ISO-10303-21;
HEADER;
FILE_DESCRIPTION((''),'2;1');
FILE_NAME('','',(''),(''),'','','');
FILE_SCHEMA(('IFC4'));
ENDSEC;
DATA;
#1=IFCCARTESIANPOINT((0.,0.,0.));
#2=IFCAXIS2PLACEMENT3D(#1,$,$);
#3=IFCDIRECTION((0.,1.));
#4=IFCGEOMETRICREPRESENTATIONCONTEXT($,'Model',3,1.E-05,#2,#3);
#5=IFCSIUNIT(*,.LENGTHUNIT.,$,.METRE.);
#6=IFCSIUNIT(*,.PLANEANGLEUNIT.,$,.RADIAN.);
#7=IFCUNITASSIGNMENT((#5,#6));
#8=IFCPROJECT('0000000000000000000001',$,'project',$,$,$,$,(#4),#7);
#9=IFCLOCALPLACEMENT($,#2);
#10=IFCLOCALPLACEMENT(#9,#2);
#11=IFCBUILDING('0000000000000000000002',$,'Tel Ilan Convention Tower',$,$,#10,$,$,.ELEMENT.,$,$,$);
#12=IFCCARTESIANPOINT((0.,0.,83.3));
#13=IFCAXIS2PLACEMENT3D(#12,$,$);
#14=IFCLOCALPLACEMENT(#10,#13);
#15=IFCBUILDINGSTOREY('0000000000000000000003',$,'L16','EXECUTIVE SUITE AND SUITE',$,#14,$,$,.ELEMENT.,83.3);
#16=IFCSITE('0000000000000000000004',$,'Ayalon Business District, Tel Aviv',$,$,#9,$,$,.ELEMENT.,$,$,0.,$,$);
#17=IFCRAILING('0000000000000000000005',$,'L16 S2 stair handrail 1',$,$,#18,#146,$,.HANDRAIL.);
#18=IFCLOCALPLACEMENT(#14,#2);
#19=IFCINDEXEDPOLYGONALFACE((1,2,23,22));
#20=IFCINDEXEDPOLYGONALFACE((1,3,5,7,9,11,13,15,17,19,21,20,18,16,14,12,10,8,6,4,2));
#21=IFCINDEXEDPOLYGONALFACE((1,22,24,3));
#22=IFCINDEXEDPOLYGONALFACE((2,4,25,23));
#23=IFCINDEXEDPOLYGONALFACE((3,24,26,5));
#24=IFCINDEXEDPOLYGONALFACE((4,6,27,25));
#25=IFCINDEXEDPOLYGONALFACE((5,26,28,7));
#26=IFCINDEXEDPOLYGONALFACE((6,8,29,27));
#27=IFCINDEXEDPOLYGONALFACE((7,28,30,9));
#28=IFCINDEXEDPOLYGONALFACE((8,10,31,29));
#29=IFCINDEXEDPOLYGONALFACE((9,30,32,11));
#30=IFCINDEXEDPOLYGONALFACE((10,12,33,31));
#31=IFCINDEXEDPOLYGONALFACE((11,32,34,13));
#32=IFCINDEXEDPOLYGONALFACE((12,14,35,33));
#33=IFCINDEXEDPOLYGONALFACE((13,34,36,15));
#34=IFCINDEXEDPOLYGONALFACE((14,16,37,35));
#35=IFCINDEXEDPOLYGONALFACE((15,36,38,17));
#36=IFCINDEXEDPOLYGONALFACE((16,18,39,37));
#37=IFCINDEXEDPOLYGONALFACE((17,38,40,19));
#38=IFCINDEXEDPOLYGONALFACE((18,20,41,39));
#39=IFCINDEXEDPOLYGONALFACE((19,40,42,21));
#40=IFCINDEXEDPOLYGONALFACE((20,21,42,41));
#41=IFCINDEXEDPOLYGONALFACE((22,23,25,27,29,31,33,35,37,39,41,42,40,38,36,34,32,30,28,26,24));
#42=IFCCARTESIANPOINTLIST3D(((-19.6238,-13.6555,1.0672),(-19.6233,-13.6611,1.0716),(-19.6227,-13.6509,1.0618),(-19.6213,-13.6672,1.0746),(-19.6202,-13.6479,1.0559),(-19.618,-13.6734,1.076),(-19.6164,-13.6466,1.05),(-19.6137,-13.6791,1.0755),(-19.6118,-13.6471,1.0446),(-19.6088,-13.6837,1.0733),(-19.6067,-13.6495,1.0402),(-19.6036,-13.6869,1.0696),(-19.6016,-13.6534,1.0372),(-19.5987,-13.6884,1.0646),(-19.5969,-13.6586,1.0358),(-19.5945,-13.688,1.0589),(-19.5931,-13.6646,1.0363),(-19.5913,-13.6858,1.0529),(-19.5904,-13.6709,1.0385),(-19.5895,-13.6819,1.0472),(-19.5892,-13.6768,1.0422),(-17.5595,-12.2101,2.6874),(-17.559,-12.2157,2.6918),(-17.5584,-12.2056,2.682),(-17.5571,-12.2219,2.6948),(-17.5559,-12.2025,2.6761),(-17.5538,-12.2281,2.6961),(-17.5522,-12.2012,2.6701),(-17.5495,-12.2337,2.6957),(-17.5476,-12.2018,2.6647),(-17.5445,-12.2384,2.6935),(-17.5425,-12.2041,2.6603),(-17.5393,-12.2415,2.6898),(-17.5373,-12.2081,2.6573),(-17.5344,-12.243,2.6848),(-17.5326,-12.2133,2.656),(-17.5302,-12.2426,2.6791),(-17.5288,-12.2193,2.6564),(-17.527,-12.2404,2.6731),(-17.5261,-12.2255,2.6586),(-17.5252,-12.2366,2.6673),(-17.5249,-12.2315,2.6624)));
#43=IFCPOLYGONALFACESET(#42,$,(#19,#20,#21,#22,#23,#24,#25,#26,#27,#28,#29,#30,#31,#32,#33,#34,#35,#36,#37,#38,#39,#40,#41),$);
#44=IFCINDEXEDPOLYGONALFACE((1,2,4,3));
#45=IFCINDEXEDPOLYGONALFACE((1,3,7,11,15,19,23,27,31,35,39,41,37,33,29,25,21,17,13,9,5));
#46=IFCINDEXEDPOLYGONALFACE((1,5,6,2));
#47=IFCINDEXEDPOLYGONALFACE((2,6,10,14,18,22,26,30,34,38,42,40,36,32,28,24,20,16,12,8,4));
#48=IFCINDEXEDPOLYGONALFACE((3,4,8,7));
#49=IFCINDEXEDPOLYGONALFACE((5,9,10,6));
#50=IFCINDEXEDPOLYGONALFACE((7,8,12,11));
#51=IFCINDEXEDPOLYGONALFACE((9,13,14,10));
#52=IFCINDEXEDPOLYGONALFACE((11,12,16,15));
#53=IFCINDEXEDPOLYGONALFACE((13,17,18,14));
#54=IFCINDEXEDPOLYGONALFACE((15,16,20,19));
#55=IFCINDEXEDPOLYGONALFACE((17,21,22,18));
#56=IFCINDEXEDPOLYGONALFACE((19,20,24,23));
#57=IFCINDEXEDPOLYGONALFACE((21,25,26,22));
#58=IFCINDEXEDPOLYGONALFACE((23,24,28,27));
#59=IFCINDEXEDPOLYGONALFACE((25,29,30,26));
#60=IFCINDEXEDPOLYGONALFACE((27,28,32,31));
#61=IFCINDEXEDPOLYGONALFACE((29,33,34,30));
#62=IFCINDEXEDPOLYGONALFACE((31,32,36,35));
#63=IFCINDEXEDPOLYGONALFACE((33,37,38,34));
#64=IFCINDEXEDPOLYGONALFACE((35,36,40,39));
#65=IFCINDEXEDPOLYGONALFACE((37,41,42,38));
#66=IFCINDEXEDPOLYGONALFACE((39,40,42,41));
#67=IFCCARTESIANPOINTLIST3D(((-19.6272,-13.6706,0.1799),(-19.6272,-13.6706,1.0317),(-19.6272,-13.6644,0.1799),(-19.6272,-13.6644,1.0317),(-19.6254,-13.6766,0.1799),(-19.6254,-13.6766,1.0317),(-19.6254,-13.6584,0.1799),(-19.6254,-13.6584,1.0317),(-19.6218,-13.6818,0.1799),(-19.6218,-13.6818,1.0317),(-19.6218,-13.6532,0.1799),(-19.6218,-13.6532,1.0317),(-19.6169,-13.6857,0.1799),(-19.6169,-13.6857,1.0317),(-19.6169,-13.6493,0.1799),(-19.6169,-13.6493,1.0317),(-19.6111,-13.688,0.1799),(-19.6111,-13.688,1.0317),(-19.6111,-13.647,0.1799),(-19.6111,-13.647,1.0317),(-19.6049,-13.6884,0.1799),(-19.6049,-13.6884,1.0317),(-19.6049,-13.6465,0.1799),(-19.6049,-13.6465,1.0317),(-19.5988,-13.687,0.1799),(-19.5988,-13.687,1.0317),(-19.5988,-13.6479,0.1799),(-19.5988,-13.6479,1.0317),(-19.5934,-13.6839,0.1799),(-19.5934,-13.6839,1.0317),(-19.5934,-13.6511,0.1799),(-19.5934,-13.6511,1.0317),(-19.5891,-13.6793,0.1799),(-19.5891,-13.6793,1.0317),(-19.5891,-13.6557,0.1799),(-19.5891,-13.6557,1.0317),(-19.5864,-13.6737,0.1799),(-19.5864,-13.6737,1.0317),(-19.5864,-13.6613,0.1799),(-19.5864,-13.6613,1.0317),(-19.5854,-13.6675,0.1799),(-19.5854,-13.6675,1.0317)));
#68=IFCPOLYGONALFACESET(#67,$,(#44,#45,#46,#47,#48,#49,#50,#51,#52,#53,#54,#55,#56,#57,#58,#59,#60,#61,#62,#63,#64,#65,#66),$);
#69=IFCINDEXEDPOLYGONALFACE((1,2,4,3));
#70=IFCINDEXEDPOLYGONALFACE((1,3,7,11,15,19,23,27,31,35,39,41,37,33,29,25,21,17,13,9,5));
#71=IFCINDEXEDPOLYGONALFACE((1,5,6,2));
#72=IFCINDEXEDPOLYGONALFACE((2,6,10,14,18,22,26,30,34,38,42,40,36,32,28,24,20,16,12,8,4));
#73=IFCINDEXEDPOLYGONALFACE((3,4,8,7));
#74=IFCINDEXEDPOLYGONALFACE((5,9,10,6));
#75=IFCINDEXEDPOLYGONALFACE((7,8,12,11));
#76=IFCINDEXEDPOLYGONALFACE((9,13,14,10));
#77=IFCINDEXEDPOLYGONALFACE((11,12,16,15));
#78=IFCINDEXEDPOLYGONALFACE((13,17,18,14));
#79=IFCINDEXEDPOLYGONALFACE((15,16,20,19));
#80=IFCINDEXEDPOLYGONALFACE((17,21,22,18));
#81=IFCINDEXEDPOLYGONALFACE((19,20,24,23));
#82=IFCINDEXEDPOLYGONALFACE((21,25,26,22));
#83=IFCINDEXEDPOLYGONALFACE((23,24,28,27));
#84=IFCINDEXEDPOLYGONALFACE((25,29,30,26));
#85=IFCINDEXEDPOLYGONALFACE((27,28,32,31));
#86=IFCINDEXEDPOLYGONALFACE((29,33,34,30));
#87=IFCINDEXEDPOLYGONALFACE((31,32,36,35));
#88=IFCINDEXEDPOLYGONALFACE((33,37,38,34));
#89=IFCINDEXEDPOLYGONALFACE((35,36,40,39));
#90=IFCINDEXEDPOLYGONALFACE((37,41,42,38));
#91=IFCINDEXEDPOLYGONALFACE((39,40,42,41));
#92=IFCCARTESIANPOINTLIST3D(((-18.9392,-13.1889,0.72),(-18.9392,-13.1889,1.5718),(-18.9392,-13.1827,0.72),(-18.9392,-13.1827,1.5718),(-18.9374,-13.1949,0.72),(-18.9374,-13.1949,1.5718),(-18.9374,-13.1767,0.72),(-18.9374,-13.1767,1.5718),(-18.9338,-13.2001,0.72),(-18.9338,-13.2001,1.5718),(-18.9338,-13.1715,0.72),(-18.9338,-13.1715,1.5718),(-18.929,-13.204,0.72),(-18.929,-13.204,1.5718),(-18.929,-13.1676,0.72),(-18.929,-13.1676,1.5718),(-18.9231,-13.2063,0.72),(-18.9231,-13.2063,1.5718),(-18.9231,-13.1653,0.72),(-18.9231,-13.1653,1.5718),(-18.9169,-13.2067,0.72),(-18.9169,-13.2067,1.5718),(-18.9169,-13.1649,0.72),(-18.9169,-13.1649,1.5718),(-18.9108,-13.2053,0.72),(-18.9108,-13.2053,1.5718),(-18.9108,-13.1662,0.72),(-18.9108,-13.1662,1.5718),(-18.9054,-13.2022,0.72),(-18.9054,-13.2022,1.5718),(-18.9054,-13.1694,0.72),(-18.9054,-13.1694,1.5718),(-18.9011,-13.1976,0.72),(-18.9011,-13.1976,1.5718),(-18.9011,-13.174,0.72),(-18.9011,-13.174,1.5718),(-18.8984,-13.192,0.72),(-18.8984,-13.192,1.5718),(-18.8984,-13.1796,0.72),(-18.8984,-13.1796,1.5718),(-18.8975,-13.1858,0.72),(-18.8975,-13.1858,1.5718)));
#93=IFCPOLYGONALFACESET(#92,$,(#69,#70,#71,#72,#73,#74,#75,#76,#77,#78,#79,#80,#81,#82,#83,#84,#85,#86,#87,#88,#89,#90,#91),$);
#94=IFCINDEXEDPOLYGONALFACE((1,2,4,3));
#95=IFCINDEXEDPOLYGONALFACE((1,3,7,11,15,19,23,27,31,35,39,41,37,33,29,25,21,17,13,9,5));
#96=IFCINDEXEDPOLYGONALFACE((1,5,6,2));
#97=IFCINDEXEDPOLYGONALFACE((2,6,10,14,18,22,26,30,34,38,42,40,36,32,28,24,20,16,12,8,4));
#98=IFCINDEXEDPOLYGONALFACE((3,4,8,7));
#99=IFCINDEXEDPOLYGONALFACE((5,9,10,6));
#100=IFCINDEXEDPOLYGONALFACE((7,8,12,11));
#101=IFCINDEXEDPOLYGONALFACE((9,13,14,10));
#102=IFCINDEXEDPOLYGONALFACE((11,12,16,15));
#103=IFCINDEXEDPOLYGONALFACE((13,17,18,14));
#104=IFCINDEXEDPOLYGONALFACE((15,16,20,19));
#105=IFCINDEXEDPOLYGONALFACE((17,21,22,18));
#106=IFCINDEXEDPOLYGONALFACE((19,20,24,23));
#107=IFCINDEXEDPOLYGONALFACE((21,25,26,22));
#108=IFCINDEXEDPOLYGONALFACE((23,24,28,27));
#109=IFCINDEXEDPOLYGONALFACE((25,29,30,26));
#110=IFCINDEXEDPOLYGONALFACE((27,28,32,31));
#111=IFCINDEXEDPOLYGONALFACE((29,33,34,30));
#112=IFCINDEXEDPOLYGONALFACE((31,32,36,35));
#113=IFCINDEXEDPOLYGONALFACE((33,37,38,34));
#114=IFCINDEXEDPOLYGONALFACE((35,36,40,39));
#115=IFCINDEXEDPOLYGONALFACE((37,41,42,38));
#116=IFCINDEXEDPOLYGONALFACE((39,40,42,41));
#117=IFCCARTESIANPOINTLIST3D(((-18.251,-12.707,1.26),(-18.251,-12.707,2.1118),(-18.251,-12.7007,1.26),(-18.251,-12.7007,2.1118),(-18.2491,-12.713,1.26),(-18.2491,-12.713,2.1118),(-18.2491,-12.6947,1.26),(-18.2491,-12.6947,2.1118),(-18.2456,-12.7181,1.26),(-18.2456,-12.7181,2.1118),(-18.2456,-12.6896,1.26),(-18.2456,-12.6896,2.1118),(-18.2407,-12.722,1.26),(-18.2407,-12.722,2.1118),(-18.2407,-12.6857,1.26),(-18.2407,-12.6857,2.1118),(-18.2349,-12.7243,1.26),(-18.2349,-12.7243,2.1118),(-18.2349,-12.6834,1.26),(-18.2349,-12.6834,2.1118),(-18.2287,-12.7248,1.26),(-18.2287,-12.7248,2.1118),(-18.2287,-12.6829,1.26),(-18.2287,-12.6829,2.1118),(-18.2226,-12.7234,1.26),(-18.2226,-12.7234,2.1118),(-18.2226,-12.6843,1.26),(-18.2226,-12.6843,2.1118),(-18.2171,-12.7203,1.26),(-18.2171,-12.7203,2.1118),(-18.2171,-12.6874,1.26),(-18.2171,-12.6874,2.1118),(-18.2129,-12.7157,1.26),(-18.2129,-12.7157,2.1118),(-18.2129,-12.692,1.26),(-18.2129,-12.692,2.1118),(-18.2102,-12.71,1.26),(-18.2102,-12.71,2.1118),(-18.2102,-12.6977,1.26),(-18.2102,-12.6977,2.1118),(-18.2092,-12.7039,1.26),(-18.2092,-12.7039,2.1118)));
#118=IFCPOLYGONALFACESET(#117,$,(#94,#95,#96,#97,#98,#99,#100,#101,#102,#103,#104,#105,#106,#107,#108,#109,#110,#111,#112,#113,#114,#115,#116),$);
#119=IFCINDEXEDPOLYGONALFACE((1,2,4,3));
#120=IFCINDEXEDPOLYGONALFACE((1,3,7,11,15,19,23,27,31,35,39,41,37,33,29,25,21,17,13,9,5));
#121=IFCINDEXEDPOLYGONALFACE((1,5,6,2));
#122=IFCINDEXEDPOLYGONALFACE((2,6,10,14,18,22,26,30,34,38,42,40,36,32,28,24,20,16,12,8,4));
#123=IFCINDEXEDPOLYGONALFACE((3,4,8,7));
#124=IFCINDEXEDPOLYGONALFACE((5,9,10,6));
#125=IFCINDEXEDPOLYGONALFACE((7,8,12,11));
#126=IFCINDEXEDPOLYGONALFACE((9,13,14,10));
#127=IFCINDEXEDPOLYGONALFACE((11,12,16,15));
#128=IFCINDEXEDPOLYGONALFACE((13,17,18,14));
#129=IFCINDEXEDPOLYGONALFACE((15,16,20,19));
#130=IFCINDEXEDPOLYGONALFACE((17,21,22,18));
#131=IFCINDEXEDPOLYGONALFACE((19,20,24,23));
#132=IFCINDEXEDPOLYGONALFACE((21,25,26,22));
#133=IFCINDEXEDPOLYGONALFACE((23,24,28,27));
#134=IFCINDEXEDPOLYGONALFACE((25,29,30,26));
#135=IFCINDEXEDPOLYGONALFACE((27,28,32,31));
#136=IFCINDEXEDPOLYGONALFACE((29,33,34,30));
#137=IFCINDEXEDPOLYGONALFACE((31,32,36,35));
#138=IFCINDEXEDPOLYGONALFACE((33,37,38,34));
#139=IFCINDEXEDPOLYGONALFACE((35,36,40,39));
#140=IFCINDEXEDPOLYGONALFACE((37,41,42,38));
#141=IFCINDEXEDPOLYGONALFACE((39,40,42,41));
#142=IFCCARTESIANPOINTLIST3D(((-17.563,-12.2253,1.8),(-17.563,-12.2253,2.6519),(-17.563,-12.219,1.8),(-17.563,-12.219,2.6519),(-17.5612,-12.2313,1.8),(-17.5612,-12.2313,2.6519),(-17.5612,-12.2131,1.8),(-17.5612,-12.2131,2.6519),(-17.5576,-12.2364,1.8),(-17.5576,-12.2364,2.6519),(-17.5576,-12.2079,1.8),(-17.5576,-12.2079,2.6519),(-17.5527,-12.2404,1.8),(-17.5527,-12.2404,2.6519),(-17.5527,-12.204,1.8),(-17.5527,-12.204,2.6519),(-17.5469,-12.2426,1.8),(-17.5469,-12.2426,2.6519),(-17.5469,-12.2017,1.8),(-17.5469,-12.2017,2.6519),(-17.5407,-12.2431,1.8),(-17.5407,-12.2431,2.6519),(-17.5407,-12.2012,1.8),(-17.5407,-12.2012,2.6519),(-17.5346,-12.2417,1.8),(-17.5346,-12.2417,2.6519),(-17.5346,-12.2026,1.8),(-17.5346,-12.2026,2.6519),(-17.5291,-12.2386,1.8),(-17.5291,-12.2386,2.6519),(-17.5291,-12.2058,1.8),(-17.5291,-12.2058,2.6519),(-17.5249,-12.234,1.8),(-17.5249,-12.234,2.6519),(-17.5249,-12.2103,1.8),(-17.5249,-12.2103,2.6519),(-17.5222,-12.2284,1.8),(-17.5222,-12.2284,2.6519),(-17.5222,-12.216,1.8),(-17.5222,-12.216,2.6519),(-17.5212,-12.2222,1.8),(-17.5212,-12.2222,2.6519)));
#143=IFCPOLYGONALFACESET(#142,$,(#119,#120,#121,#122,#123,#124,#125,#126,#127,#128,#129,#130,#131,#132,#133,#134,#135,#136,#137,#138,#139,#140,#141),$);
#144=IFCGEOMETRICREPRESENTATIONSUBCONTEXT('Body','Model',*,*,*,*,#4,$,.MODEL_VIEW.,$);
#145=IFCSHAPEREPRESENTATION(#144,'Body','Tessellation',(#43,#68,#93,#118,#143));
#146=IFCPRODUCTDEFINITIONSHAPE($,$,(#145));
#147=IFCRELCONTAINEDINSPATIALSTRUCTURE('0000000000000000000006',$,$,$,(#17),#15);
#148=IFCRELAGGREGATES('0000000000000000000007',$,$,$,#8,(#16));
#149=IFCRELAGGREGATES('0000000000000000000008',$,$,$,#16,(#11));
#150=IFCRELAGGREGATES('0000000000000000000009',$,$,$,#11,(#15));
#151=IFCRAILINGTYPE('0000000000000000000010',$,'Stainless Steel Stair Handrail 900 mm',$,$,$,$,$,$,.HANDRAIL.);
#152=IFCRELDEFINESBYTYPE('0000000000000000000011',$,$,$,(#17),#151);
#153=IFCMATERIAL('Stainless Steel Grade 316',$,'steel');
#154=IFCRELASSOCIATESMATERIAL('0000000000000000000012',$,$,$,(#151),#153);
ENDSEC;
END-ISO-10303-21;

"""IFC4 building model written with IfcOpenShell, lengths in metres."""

from ifc_helpers import new_model, si_unit, direction, frame, origin, origin_2d, place, context, subcontext, project, spatial, circle, extrude, material, type_object, element, save


model = new_model("IFC4")

# Units and contexts
model_context = context("Model", 3, precision=1e-05, world=origin(), true_north=direction((0.0, 1.0)))
body_context = subcontext(model_context, "Body", "Model", "MODEL_VIEW")
ifc_project = project(units=[si_unit("LENGTHUNIT", "METRE"), si_unit("PLANEANGLEUNIT", "RADIAN")], contexts=[model_context])

# Site, building, storey
site_placement = place(None, origin())
site = spatial("IfcSite", under=ifc_project, at=site_placement, Name="Ayalon Business District, Tel Aviv", CompositionType="ELEMENT", RefElevation=0.0)
building_placement = place(site_placement, origin())
building = spatial("IfcBuilding", under=site, at=building_placement, Name="Tel Ilan Convention Tower", CompositionType="ELEMENT")
storey_placement = place(building_placement, frame((0.0, 0.0, 83.3)))
storey = spatial("IfcBuildingStorey", under=building, at=storey_placement, Name="L16", Description="EXECUTIVE SUITE AND SUITE", CompositionType="ELEMENT", Elevation=83.3)

# Railing
ifc_material_1 = material(Name="Stainless Steel Grade 316", Category="steel")
railing_type_1 = type_object("IfcRailingType", Name="Stainless Steel Stair Handrail 900 mm", PredefinedType="HANDRAIL", material=ifc_material_1)
railing_1_placement = place(storey_placement, frame((-19.6064, -13.6675, 0.1799)))
element("IfcRailing", 1, at=railing_1_placement, inside=storey, type_object=railing_type_1, Name="L16 S2 stair handrail 1", PredefinedType="HANDRAIL", context=body_context, shape_type="SweptSolid", body=[
    extrude(circle(Radius=0.0239, at=origin_2d()), frame((0.0, 0.0, 0.876), z_axis=(0.68904, 0.48245, 0.540801), x_axis=(-0.57356, 0.819164, 0.0)), (0.0, 0.0, 1.0), 2.9958),
    extrude(circle(Radius=0.021, at=origin_2d()), origin(), (0.0, 0.0, 1.0), 0.8518),
    extrude(circle(Radius=0.021, at=origin_2d()), frame((0.688, 0.4817, 0.54)), (0.0, 0.0, 1.0), 0.8518),
    extrude(circle(Radius=0.021, at=origin_2d()), frame((1.3762, 0.9636, 1.0801)), (0.0, 0.0, 1.0), 0.8518),
    extrude(circle(Radius=0.021, at=origin_2d()), frame((2.0642, 1.4453, 1.6201)), (0.0, 0.0, 1.0), 0.8518),
])

save(model, "model.ifc")
